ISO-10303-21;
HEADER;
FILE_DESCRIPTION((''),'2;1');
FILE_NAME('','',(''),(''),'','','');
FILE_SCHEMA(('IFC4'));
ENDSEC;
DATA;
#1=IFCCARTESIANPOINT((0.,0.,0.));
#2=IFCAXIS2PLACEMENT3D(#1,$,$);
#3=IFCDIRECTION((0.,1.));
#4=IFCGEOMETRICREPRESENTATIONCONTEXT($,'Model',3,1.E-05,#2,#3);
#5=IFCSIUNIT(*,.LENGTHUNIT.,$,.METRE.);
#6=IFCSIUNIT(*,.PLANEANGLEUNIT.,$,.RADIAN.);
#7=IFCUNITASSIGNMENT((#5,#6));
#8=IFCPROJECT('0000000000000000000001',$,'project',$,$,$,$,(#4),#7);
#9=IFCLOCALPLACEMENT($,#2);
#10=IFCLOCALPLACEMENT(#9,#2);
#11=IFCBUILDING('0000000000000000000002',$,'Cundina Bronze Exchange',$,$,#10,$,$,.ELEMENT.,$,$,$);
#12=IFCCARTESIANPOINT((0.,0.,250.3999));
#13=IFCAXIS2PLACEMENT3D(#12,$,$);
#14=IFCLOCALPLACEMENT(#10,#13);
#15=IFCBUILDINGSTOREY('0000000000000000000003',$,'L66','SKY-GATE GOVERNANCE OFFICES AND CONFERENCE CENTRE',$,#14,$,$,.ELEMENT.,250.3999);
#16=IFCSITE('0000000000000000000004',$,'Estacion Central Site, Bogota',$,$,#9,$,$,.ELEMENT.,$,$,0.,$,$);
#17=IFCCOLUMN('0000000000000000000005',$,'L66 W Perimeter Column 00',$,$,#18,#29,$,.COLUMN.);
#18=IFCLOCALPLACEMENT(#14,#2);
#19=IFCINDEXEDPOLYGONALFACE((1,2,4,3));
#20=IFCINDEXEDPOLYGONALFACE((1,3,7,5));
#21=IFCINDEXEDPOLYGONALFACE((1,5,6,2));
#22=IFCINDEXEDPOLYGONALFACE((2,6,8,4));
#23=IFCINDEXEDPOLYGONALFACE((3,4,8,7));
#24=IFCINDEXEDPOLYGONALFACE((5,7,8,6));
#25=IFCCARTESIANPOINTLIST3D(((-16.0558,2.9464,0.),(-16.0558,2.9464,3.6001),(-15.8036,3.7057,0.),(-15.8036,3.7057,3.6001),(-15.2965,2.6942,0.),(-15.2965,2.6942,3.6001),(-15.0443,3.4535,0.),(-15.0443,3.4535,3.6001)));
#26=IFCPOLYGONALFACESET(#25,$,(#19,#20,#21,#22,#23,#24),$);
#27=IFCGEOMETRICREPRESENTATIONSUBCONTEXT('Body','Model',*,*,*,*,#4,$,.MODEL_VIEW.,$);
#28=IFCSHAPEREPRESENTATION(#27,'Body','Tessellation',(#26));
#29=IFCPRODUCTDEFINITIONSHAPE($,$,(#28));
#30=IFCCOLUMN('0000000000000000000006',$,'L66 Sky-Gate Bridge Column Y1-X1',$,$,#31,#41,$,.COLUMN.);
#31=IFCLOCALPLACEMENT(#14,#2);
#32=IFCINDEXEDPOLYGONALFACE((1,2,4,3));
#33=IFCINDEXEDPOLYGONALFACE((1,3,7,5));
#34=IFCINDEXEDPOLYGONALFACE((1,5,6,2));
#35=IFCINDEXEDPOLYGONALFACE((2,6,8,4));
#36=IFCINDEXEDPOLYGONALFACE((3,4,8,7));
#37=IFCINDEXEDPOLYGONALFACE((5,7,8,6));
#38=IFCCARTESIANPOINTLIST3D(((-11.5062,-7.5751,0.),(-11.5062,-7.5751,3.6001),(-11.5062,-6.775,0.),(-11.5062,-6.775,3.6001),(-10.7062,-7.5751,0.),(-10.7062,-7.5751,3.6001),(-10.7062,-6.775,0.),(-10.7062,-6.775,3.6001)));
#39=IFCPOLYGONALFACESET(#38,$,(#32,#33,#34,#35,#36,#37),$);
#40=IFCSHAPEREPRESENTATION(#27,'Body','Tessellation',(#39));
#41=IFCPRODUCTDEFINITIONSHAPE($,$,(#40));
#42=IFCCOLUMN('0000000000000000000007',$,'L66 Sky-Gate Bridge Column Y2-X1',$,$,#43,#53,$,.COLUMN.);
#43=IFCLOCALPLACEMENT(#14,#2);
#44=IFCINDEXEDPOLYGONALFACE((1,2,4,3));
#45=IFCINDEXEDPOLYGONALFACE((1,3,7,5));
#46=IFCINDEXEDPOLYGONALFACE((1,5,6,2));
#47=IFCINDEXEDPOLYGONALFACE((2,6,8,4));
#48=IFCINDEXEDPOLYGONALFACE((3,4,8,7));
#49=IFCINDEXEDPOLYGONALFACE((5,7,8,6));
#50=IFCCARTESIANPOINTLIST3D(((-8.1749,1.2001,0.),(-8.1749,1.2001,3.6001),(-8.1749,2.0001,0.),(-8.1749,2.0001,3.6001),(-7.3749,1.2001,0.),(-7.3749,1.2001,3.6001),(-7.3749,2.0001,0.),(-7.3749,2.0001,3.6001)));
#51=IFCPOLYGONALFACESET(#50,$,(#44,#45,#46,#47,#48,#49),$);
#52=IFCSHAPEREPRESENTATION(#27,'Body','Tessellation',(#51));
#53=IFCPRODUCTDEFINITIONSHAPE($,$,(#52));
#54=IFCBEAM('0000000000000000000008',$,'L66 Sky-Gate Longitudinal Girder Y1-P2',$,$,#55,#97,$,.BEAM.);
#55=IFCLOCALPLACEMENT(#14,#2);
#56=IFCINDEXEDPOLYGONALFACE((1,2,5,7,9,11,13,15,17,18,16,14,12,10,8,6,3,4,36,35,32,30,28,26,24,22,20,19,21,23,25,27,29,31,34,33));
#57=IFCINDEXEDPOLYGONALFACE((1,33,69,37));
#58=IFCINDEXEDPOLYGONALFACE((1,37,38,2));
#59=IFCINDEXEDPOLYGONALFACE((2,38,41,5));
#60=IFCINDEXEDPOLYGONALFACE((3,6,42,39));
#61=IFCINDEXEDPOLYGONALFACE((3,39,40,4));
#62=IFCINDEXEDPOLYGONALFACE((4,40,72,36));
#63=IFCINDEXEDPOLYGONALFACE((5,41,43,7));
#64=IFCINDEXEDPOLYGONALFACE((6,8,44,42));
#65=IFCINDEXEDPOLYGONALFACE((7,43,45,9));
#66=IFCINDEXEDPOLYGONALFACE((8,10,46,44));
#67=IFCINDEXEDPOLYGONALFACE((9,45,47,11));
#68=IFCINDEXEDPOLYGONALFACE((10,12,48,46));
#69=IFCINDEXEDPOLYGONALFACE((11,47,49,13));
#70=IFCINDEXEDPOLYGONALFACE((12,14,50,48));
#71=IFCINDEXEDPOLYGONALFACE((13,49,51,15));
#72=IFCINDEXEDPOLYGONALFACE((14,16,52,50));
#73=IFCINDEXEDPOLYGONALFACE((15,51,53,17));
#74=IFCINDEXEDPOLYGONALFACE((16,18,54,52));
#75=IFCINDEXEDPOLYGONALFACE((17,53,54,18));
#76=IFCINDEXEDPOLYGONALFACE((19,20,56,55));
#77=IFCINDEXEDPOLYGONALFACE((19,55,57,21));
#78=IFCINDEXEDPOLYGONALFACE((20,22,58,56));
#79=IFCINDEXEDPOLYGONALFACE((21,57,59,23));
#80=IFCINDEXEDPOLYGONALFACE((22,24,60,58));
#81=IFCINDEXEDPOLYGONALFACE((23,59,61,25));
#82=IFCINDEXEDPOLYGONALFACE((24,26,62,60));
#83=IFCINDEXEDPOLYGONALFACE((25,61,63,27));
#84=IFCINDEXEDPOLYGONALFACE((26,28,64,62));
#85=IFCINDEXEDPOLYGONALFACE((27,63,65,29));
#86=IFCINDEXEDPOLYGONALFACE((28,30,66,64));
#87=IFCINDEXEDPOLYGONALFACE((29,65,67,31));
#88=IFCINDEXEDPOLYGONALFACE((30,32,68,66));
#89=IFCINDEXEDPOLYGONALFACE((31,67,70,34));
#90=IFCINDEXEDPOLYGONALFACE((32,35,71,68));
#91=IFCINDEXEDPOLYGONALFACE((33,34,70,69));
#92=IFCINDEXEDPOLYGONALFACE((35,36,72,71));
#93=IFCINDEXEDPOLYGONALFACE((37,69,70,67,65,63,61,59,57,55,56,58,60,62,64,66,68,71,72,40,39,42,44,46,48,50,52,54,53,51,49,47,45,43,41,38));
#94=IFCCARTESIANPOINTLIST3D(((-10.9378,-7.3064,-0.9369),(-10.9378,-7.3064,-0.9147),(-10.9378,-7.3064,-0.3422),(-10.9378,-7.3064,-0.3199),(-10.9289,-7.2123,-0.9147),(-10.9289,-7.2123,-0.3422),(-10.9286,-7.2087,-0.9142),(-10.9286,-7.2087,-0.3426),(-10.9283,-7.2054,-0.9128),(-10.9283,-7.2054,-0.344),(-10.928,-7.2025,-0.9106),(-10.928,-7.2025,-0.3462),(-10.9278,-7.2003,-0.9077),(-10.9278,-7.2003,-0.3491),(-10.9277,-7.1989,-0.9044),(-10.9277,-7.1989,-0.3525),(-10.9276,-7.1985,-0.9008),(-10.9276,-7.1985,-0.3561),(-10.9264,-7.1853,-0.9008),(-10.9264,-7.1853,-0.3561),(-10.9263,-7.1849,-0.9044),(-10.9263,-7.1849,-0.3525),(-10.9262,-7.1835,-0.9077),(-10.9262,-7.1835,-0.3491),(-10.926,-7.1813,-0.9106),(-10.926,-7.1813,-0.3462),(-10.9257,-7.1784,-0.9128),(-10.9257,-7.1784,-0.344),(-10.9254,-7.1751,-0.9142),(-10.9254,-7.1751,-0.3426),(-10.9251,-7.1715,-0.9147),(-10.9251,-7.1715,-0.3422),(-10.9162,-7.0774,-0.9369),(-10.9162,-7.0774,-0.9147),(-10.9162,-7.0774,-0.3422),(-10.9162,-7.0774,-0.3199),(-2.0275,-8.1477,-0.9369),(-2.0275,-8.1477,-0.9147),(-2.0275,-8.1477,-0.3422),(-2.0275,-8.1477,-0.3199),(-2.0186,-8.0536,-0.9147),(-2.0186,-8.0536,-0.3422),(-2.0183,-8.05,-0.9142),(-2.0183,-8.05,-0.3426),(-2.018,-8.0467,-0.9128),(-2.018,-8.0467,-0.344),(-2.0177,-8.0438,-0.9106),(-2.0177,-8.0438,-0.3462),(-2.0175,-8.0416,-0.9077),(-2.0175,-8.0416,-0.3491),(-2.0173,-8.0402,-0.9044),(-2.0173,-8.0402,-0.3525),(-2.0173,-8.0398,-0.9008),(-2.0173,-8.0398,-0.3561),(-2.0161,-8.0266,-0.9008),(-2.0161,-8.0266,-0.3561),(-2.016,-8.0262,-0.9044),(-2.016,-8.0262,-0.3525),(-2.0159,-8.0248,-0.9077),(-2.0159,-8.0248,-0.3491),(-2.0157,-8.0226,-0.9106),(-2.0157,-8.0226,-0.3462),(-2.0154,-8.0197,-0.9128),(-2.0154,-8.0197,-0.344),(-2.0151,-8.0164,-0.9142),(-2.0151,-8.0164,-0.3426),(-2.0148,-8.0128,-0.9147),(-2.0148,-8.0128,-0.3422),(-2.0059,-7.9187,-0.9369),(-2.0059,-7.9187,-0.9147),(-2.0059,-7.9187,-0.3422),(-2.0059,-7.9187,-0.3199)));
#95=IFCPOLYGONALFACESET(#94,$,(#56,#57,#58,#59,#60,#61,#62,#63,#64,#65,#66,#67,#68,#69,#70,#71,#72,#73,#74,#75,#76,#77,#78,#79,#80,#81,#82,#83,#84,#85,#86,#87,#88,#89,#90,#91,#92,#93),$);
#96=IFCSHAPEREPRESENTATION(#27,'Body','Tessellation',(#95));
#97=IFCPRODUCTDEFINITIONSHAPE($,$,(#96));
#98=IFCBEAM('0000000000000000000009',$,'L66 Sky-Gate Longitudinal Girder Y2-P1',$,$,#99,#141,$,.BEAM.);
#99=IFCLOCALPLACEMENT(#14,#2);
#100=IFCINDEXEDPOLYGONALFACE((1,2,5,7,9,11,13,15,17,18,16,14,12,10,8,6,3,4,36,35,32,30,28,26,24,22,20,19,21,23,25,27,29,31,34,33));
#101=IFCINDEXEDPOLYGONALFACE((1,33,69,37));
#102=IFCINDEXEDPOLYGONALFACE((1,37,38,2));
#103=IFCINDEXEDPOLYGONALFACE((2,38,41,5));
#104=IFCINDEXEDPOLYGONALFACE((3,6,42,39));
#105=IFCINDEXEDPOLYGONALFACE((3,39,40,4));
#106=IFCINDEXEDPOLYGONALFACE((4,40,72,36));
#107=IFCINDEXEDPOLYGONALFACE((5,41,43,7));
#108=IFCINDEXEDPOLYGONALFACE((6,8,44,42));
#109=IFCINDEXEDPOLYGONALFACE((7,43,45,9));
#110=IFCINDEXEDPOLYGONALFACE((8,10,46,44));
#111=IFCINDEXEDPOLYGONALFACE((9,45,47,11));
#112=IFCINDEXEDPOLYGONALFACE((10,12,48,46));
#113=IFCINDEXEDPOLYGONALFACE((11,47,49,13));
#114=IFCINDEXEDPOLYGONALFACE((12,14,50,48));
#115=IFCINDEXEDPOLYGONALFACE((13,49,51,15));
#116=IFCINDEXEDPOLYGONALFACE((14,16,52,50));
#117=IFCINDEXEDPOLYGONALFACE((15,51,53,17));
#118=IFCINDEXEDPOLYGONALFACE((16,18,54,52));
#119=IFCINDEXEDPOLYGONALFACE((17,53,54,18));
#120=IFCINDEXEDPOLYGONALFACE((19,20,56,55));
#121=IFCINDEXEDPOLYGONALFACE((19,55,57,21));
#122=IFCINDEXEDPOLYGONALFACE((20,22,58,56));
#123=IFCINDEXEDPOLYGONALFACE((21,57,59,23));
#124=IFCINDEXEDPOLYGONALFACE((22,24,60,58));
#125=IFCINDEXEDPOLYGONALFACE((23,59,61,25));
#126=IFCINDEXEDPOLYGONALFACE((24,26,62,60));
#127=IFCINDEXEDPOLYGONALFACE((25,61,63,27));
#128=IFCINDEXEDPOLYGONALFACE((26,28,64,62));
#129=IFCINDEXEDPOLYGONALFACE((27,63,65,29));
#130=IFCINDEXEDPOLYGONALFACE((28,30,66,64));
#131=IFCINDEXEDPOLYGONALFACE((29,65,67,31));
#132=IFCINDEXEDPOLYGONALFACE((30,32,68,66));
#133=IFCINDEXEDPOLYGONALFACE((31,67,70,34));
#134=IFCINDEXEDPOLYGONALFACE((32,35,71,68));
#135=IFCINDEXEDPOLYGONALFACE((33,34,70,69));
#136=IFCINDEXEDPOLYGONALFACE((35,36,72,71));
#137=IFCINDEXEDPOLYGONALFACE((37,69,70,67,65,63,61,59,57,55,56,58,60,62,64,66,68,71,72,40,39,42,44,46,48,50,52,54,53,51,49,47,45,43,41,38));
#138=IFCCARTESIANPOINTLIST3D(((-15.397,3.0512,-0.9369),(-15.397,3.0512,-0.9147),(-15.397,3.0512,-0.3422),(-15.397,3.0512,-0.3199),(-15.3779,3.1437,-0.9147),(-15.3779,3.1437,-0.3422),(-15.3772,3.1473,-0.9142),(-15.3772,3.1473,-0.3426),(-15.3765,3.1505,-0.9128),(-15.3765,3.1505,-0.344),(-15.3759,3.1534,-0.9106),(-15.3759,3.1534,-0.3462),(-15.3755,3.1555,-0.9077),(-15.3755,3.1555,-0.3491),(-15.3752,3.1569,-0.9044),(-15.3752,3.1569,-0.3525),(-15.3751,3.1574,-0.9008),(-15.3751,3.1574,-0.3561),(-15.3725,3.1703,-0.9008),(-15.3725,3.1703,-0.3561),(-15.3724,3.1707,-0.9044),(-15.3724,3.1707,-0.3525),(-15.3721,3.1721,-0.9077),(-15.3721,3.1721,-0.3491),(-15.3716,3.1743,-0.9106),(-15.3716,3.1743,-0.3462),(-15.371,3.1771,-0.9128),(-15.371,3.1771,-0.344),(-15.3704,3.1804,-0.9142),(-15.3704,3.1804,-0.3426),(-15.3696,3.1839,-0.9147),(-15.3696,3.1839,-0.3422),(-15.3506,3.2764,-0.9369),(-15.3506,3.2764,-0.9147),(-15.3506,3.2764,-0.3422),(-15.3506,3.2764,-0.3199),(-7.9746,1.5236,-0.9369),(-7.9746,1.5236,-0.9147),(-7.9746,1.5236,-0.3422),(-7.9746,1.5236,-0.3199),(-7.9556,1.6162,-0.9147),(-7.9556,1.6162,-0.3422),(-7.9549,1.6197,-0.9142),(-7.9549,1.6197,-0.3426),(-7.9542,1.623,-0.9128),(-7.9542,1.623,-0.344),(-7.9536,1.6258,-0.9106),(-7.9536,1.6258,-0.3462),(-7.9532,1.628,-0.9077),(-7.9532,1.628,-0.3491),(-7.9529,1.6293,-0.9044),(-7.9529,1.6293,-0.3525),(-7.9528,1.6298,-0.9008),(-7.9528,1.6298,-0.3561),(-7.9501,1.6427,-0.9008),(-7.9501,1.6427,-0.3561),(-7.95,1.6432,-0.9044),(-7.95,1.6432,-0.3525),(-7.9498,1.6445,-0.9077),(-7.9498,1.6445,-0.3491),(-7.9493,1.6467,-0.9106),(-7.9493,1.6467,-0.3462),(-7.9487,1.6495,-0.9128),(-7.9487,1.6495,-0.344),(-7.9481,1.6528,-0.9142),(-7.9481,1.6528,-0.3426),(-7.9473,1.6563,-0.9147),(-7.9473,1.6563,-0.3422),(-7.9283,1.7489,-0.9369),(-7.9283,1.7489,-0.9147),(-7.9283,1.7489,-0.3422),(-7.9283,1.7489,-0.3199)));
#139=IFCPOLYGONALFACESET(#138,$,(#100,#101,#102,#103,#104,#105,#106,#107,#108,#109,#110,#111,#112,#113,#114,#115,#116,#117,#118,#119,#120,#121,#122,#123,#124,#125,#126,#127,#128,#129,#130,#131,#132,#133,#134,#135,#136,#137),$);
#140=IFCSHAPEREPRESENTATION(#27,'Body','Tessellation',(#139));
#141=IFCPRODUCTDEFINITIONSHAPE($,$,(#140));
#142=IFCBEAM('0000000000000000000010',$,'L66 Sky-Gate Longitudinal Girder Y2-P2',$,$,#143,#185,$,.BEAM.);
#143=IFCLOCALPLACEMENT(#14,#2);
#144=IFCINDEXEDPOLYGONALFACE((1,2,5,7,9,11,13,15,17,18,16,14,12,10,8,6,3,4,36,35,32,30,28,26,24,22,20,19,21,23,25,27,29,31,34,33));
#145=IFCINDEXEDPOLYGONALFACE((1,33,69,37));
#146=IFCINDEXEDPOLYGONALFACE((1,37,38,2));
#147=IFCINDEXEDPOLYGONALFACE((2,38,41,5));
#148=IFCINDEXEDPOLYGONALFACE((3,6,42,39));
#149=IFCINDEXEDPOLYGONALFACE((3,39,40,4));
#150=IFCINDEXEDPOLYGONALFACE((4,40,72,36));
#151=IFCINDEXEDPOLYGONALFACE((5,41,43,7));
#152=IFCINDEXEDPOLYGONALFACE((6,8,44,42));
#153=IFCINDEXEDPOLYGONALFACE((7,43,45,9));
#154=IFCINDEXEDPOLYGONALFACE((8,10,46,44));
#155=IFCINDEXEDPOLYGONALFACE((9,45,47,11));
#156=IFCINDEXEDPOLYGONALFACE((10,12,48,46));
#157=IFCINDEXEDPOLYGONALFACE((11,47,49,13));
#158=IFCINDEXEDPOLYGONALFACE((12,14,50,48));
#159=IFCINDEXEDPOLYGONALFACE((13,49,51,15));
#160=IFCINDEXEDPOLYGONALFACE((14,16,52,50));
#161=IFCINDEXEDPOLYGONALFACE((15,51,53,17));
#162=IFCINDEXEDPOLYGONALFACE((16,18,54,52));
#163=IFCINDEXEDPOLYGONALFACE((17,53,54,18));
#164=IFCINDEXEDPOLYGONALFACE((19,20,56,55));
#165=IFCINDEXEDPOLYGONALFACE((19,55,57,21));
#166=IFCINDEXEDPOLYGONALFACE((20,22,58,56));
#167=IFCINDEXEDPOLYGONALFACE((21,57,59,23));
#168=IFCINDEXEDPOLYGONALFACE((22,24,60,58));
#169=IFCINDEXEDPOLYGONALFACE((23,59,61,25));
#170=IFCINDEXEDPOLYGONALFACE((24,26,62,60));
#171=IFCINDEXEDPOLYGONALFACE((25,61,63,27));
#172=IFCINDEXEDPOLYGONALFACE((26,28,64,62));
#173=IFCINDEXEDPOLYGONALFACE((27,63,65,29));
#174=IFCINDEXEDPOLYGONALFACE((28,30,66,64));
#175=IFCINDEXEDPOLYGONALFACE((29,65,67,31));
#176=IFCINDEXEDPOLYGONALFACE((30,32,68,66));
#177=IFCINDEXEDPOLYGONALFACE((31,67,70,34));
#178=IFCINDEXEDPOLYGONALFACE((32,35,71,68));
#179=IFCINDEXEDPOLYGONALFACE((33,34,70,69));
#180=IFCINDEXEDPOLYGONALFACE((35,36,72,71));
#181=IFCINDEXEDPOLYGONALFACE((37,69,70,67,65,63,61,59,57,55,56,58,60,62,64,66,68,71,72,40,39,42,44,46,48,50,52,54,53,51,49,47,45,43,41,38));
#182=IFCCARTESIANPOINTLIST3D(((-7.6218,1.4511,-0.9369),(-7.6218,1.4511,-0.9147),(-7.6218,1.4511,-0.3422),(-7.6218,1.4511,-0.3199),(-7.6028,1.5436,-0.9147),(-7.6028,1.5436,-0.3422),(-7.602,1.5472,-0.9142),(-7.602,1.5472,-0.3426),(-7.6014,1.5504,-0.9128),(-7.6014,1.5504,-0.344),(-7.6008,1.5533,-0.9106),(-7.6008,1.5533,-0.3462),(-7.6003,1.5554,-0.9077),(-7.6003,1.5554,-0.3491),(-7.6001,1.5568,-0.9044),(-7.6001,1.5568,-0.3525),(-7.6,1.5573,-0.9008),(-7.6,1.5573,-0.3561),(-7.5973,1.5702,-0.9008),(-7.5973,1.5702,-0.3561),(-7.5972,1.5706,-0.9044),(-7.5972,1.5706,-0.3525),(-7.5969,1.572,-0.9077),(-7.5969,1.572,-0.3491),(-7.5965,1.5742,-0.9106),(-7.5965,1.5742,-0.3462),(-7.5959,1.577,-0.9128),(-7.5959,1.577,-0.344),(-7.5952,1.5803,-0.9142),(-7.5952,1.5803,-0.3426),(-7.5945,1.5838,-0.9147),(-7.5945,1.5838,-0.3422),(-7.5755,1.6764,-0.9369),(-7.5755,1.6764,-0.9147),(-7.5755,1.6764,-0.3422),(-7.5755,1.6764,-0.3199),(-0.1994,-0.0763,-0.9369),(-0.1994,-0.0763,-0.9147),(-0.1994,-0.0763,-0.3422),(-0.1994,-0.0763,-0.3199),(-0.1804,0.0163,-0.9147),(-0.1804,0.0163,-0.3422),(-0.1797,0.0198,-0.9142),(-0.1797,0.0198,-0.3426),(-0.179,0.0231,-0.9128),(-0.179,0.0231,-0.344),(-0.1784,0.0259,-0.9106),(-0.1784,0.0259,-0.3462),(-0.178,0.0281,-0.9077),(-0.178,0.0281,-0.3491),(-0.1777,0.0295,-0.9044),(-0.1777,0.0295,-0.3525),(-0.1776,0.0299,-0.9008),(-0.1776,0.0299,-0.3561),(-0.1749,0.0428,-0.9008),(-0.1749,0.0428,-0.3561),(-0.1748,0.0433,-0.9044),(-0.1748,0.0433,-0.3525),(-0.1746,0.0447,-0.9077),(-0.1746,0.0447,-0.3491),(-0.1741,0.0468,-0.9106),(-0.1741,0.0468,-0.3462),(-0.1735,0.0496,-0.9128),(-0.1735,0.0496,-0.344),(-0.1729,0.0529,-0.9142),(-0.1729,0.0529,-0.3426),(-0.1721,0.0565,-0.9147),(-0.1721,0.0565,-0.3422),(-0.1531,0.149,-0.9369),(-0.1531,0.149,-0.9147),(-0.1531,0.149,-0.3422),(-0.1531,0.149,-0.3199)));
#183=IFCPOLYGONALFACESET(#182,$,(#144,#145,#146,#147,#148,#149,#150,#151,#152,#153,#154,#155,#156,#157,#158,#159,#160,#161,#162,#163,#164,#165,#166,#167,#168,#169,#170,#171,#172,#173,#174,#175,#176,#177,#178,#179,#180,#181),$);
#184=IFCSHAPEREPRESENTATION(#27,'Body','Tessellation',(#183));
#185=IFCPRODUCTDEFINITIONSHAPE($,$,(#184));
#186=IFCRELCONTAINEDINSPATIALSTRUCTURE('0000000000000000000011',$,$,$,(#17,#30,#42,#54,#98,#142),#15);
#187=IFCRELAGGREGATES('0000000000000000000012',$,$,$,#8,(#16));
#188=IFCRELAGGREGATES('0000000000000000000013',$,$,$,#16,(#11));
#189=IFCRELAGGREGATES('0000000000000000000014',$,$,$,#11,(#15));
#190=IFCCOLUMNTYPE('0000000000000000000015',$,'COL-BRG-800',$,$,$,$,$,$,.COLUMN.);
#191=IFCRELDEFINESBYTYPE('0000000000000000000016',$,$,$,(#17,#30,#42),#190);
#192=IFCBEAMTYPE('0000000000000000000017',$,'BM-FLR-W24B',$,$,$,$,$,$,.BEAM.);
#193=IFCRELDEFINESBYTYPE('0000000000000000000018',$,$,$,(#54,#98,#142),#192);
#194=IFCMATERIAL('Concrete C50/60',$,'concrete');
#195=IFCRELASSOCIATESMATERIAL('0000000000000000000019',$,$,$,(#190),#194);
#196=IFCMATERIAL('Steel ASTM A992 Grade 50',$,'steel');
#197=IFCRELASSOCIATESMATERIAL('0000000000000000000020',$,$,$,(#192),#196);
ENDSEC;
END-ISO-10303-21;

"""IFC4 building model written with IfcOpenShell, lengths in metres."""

from ifc_helpers import new_model, si_unit, direction, frame, origin, origin_2d, place, context, subcontext, project, spatial, rectangle, i_section, extrude, material, material_profile, profile_set, type_object, element, save


model = new_model("IFC4")

# Units and contexts
model_context = context("Model", 3, precision=1e-05, world=origin(), true_north=direction((0.0, 1.0)))
body_context = subcontext(model_context, "Body", "Model", "MODEL_VIEW")
ifc_project = project(units=[si_unit("LENGTHUNIT", "METRE"), si_unit("PLANEANGLEUNIT", "RADIAN")], contexts=[model_context])

# Site, building, storey
site_placement = place(None, origin())
site = spatial("IfcSite", under=ifc_project, at=site_placement, Name="Estacion Central Site, Bogota", CompositionType="ELEMENT", RefElevation=0.0)
building_placement = place(site_placement, origin())
building = spatial("IfcBuilding", under=site, at=building_placement, Name="Cundina Bronze Exchange", CompositionType="ELEMENT")
storey_placement = place(building_placement, frame((0.0, 0.0, 250.3999)))
storey = spatial("IfcBuildingStorey", under=building, at=storey_placement, Name="L66", Description="SKY-GATE GOVERNANCE OFFICES AND CONFERENCE CENTRE", CompositionType="ELEMENT", Elevation=250.3999)

# Columns
ifc_material_1 = material(Name="Concrete C50/60", Category="concrete")
ifc_material_profile_1 = material_profile(ifc_material_1, rectangle(XDim=0.8, YDim=0.8, at=origin_2d()), Name="RC800X800", Category="concrete")
ifc_profile_set_1 = profile_set([ifc_material_profile_1], Name="Concrete C50/60")
column_type = type_object("IfcColumnType", Name="COL-BRG-800", PredefinedType="COLUMN", material=ifc_profile_set_1)
for number, where, z_axis, x_axis, name in (
    (1, (-15.55, 3.2, 0.0), (0.0, 0.0, 1.0), (0.315152, 0.949041, 0.0), "L66 W Perimeter Column 00"),
    (2, (-11.1062, -7.175, 0.0), (0.0, 0.0, 1.0), (1.0, 0.0, 0.0), "L66 Sky-Gate Bridge Column Y1-X1"),
    (3, (-7.7749, 1.6001, 0.0), (0.0, 0.0, 1.0), (1.0, 0.0, 0.0), "L66 Sky-Gate Bridge Column Y2-X1"),
):
    element("IfcColumn", number, at=place(storey_placement, frame(where, z_axis=z_axis, x_axis=x_axis)), inside=storey, type_object=column_type, Name=name, PredefinedType="COLUMN", context=body_context, shape_type="SweptSolid", body=[
        extrude(rectangle(XDim=0.8, YDim=0.8, at=origin_2d()), origin(), (0.0, 0.0, 1.0), 3.6001),
    ])

# Beams
ifc_material_2 = material(Name="Steel ASTM A992 Grade 50", Category="steel")
ifc_material_profile_2 = material_profile(ifc_material_2, i_section(OverallWidth=0.23, OverallDepth=0.6169, WebThickness=0.0132, FlangeThickness=0.0222, FilletRadius=0.0139, at=origin_2d()), Name="W24X94", Category="steel")
ifc_profile_set_2 = profile_set([ifc_material_profile_2], Name="Steel ASTM A992 Grade 50")
beam_type_1 = type_object("IfcBeamType", Name="BM-FLR-W24B", PredefinedType="BEAM", material=ifc_profile_set_2)
beam_1_placement = place(storey_placement, frame((-10.927, -7.1919, -0.6284), z_axis=(0.995572, -0.094001, 0.0), x_axis=(0.094001, 0.995572, 0.0)))
element("IfcBeam", 4, at=beam_1_placement, inside=storey, type_object=beam_type_1, Name="L66 Sky-Gate Longitudinal Girder Y1-P2", PredefinedType="BEAM", context=body_context, shape_type="SweptSolid", body=[
    extrude(i_section(OverallWidth=0.23, OverallDepth=0.6169, WebThickness=0.0132, FlangeThickness=0.0222, FilletRadius=0.0139, at=origin_2d()), origin(), (0.0, 0.0, 1.0), 8.95),
])
for number, where, z_axis, x_axis, name in (
    (5, (-15.3738, 3.1638, -0.6284), (0.979471, -0.201584, 0.0), (0.201584, 0.979471, 0.0), "L66 Sky-Gate Longitudinal Girder Y2-P1"),
    (6, (-7.5986, 1.5637, -0.6284), (0.979478, -0.201553, 0.0), (0.201553, 0.979478, 0.0), "L66 Sky-Gate Longitudinal Girder Y2-P2"),
):
    element("IfcBeam", number, at=place(storey_placement, frame(where, z_axis=z_axis, x_axis=x_axis)), inside=storey, type_object=beam_type_1, Name=name, PredefinedType="BEAM", context=body_context, shape_type="SweptSolid", body=[
        extrude(i_section(OverallWidth=0.23, OverallDepth=0.6169, WebThickness=0.0132, FlangeThickness=0.0222, FilletRadius=0.0139, at=origin_2d()), origin(), (0.0, 0.0, 1.0), 7.5779),
    ])

save(model, "model.ifc")
